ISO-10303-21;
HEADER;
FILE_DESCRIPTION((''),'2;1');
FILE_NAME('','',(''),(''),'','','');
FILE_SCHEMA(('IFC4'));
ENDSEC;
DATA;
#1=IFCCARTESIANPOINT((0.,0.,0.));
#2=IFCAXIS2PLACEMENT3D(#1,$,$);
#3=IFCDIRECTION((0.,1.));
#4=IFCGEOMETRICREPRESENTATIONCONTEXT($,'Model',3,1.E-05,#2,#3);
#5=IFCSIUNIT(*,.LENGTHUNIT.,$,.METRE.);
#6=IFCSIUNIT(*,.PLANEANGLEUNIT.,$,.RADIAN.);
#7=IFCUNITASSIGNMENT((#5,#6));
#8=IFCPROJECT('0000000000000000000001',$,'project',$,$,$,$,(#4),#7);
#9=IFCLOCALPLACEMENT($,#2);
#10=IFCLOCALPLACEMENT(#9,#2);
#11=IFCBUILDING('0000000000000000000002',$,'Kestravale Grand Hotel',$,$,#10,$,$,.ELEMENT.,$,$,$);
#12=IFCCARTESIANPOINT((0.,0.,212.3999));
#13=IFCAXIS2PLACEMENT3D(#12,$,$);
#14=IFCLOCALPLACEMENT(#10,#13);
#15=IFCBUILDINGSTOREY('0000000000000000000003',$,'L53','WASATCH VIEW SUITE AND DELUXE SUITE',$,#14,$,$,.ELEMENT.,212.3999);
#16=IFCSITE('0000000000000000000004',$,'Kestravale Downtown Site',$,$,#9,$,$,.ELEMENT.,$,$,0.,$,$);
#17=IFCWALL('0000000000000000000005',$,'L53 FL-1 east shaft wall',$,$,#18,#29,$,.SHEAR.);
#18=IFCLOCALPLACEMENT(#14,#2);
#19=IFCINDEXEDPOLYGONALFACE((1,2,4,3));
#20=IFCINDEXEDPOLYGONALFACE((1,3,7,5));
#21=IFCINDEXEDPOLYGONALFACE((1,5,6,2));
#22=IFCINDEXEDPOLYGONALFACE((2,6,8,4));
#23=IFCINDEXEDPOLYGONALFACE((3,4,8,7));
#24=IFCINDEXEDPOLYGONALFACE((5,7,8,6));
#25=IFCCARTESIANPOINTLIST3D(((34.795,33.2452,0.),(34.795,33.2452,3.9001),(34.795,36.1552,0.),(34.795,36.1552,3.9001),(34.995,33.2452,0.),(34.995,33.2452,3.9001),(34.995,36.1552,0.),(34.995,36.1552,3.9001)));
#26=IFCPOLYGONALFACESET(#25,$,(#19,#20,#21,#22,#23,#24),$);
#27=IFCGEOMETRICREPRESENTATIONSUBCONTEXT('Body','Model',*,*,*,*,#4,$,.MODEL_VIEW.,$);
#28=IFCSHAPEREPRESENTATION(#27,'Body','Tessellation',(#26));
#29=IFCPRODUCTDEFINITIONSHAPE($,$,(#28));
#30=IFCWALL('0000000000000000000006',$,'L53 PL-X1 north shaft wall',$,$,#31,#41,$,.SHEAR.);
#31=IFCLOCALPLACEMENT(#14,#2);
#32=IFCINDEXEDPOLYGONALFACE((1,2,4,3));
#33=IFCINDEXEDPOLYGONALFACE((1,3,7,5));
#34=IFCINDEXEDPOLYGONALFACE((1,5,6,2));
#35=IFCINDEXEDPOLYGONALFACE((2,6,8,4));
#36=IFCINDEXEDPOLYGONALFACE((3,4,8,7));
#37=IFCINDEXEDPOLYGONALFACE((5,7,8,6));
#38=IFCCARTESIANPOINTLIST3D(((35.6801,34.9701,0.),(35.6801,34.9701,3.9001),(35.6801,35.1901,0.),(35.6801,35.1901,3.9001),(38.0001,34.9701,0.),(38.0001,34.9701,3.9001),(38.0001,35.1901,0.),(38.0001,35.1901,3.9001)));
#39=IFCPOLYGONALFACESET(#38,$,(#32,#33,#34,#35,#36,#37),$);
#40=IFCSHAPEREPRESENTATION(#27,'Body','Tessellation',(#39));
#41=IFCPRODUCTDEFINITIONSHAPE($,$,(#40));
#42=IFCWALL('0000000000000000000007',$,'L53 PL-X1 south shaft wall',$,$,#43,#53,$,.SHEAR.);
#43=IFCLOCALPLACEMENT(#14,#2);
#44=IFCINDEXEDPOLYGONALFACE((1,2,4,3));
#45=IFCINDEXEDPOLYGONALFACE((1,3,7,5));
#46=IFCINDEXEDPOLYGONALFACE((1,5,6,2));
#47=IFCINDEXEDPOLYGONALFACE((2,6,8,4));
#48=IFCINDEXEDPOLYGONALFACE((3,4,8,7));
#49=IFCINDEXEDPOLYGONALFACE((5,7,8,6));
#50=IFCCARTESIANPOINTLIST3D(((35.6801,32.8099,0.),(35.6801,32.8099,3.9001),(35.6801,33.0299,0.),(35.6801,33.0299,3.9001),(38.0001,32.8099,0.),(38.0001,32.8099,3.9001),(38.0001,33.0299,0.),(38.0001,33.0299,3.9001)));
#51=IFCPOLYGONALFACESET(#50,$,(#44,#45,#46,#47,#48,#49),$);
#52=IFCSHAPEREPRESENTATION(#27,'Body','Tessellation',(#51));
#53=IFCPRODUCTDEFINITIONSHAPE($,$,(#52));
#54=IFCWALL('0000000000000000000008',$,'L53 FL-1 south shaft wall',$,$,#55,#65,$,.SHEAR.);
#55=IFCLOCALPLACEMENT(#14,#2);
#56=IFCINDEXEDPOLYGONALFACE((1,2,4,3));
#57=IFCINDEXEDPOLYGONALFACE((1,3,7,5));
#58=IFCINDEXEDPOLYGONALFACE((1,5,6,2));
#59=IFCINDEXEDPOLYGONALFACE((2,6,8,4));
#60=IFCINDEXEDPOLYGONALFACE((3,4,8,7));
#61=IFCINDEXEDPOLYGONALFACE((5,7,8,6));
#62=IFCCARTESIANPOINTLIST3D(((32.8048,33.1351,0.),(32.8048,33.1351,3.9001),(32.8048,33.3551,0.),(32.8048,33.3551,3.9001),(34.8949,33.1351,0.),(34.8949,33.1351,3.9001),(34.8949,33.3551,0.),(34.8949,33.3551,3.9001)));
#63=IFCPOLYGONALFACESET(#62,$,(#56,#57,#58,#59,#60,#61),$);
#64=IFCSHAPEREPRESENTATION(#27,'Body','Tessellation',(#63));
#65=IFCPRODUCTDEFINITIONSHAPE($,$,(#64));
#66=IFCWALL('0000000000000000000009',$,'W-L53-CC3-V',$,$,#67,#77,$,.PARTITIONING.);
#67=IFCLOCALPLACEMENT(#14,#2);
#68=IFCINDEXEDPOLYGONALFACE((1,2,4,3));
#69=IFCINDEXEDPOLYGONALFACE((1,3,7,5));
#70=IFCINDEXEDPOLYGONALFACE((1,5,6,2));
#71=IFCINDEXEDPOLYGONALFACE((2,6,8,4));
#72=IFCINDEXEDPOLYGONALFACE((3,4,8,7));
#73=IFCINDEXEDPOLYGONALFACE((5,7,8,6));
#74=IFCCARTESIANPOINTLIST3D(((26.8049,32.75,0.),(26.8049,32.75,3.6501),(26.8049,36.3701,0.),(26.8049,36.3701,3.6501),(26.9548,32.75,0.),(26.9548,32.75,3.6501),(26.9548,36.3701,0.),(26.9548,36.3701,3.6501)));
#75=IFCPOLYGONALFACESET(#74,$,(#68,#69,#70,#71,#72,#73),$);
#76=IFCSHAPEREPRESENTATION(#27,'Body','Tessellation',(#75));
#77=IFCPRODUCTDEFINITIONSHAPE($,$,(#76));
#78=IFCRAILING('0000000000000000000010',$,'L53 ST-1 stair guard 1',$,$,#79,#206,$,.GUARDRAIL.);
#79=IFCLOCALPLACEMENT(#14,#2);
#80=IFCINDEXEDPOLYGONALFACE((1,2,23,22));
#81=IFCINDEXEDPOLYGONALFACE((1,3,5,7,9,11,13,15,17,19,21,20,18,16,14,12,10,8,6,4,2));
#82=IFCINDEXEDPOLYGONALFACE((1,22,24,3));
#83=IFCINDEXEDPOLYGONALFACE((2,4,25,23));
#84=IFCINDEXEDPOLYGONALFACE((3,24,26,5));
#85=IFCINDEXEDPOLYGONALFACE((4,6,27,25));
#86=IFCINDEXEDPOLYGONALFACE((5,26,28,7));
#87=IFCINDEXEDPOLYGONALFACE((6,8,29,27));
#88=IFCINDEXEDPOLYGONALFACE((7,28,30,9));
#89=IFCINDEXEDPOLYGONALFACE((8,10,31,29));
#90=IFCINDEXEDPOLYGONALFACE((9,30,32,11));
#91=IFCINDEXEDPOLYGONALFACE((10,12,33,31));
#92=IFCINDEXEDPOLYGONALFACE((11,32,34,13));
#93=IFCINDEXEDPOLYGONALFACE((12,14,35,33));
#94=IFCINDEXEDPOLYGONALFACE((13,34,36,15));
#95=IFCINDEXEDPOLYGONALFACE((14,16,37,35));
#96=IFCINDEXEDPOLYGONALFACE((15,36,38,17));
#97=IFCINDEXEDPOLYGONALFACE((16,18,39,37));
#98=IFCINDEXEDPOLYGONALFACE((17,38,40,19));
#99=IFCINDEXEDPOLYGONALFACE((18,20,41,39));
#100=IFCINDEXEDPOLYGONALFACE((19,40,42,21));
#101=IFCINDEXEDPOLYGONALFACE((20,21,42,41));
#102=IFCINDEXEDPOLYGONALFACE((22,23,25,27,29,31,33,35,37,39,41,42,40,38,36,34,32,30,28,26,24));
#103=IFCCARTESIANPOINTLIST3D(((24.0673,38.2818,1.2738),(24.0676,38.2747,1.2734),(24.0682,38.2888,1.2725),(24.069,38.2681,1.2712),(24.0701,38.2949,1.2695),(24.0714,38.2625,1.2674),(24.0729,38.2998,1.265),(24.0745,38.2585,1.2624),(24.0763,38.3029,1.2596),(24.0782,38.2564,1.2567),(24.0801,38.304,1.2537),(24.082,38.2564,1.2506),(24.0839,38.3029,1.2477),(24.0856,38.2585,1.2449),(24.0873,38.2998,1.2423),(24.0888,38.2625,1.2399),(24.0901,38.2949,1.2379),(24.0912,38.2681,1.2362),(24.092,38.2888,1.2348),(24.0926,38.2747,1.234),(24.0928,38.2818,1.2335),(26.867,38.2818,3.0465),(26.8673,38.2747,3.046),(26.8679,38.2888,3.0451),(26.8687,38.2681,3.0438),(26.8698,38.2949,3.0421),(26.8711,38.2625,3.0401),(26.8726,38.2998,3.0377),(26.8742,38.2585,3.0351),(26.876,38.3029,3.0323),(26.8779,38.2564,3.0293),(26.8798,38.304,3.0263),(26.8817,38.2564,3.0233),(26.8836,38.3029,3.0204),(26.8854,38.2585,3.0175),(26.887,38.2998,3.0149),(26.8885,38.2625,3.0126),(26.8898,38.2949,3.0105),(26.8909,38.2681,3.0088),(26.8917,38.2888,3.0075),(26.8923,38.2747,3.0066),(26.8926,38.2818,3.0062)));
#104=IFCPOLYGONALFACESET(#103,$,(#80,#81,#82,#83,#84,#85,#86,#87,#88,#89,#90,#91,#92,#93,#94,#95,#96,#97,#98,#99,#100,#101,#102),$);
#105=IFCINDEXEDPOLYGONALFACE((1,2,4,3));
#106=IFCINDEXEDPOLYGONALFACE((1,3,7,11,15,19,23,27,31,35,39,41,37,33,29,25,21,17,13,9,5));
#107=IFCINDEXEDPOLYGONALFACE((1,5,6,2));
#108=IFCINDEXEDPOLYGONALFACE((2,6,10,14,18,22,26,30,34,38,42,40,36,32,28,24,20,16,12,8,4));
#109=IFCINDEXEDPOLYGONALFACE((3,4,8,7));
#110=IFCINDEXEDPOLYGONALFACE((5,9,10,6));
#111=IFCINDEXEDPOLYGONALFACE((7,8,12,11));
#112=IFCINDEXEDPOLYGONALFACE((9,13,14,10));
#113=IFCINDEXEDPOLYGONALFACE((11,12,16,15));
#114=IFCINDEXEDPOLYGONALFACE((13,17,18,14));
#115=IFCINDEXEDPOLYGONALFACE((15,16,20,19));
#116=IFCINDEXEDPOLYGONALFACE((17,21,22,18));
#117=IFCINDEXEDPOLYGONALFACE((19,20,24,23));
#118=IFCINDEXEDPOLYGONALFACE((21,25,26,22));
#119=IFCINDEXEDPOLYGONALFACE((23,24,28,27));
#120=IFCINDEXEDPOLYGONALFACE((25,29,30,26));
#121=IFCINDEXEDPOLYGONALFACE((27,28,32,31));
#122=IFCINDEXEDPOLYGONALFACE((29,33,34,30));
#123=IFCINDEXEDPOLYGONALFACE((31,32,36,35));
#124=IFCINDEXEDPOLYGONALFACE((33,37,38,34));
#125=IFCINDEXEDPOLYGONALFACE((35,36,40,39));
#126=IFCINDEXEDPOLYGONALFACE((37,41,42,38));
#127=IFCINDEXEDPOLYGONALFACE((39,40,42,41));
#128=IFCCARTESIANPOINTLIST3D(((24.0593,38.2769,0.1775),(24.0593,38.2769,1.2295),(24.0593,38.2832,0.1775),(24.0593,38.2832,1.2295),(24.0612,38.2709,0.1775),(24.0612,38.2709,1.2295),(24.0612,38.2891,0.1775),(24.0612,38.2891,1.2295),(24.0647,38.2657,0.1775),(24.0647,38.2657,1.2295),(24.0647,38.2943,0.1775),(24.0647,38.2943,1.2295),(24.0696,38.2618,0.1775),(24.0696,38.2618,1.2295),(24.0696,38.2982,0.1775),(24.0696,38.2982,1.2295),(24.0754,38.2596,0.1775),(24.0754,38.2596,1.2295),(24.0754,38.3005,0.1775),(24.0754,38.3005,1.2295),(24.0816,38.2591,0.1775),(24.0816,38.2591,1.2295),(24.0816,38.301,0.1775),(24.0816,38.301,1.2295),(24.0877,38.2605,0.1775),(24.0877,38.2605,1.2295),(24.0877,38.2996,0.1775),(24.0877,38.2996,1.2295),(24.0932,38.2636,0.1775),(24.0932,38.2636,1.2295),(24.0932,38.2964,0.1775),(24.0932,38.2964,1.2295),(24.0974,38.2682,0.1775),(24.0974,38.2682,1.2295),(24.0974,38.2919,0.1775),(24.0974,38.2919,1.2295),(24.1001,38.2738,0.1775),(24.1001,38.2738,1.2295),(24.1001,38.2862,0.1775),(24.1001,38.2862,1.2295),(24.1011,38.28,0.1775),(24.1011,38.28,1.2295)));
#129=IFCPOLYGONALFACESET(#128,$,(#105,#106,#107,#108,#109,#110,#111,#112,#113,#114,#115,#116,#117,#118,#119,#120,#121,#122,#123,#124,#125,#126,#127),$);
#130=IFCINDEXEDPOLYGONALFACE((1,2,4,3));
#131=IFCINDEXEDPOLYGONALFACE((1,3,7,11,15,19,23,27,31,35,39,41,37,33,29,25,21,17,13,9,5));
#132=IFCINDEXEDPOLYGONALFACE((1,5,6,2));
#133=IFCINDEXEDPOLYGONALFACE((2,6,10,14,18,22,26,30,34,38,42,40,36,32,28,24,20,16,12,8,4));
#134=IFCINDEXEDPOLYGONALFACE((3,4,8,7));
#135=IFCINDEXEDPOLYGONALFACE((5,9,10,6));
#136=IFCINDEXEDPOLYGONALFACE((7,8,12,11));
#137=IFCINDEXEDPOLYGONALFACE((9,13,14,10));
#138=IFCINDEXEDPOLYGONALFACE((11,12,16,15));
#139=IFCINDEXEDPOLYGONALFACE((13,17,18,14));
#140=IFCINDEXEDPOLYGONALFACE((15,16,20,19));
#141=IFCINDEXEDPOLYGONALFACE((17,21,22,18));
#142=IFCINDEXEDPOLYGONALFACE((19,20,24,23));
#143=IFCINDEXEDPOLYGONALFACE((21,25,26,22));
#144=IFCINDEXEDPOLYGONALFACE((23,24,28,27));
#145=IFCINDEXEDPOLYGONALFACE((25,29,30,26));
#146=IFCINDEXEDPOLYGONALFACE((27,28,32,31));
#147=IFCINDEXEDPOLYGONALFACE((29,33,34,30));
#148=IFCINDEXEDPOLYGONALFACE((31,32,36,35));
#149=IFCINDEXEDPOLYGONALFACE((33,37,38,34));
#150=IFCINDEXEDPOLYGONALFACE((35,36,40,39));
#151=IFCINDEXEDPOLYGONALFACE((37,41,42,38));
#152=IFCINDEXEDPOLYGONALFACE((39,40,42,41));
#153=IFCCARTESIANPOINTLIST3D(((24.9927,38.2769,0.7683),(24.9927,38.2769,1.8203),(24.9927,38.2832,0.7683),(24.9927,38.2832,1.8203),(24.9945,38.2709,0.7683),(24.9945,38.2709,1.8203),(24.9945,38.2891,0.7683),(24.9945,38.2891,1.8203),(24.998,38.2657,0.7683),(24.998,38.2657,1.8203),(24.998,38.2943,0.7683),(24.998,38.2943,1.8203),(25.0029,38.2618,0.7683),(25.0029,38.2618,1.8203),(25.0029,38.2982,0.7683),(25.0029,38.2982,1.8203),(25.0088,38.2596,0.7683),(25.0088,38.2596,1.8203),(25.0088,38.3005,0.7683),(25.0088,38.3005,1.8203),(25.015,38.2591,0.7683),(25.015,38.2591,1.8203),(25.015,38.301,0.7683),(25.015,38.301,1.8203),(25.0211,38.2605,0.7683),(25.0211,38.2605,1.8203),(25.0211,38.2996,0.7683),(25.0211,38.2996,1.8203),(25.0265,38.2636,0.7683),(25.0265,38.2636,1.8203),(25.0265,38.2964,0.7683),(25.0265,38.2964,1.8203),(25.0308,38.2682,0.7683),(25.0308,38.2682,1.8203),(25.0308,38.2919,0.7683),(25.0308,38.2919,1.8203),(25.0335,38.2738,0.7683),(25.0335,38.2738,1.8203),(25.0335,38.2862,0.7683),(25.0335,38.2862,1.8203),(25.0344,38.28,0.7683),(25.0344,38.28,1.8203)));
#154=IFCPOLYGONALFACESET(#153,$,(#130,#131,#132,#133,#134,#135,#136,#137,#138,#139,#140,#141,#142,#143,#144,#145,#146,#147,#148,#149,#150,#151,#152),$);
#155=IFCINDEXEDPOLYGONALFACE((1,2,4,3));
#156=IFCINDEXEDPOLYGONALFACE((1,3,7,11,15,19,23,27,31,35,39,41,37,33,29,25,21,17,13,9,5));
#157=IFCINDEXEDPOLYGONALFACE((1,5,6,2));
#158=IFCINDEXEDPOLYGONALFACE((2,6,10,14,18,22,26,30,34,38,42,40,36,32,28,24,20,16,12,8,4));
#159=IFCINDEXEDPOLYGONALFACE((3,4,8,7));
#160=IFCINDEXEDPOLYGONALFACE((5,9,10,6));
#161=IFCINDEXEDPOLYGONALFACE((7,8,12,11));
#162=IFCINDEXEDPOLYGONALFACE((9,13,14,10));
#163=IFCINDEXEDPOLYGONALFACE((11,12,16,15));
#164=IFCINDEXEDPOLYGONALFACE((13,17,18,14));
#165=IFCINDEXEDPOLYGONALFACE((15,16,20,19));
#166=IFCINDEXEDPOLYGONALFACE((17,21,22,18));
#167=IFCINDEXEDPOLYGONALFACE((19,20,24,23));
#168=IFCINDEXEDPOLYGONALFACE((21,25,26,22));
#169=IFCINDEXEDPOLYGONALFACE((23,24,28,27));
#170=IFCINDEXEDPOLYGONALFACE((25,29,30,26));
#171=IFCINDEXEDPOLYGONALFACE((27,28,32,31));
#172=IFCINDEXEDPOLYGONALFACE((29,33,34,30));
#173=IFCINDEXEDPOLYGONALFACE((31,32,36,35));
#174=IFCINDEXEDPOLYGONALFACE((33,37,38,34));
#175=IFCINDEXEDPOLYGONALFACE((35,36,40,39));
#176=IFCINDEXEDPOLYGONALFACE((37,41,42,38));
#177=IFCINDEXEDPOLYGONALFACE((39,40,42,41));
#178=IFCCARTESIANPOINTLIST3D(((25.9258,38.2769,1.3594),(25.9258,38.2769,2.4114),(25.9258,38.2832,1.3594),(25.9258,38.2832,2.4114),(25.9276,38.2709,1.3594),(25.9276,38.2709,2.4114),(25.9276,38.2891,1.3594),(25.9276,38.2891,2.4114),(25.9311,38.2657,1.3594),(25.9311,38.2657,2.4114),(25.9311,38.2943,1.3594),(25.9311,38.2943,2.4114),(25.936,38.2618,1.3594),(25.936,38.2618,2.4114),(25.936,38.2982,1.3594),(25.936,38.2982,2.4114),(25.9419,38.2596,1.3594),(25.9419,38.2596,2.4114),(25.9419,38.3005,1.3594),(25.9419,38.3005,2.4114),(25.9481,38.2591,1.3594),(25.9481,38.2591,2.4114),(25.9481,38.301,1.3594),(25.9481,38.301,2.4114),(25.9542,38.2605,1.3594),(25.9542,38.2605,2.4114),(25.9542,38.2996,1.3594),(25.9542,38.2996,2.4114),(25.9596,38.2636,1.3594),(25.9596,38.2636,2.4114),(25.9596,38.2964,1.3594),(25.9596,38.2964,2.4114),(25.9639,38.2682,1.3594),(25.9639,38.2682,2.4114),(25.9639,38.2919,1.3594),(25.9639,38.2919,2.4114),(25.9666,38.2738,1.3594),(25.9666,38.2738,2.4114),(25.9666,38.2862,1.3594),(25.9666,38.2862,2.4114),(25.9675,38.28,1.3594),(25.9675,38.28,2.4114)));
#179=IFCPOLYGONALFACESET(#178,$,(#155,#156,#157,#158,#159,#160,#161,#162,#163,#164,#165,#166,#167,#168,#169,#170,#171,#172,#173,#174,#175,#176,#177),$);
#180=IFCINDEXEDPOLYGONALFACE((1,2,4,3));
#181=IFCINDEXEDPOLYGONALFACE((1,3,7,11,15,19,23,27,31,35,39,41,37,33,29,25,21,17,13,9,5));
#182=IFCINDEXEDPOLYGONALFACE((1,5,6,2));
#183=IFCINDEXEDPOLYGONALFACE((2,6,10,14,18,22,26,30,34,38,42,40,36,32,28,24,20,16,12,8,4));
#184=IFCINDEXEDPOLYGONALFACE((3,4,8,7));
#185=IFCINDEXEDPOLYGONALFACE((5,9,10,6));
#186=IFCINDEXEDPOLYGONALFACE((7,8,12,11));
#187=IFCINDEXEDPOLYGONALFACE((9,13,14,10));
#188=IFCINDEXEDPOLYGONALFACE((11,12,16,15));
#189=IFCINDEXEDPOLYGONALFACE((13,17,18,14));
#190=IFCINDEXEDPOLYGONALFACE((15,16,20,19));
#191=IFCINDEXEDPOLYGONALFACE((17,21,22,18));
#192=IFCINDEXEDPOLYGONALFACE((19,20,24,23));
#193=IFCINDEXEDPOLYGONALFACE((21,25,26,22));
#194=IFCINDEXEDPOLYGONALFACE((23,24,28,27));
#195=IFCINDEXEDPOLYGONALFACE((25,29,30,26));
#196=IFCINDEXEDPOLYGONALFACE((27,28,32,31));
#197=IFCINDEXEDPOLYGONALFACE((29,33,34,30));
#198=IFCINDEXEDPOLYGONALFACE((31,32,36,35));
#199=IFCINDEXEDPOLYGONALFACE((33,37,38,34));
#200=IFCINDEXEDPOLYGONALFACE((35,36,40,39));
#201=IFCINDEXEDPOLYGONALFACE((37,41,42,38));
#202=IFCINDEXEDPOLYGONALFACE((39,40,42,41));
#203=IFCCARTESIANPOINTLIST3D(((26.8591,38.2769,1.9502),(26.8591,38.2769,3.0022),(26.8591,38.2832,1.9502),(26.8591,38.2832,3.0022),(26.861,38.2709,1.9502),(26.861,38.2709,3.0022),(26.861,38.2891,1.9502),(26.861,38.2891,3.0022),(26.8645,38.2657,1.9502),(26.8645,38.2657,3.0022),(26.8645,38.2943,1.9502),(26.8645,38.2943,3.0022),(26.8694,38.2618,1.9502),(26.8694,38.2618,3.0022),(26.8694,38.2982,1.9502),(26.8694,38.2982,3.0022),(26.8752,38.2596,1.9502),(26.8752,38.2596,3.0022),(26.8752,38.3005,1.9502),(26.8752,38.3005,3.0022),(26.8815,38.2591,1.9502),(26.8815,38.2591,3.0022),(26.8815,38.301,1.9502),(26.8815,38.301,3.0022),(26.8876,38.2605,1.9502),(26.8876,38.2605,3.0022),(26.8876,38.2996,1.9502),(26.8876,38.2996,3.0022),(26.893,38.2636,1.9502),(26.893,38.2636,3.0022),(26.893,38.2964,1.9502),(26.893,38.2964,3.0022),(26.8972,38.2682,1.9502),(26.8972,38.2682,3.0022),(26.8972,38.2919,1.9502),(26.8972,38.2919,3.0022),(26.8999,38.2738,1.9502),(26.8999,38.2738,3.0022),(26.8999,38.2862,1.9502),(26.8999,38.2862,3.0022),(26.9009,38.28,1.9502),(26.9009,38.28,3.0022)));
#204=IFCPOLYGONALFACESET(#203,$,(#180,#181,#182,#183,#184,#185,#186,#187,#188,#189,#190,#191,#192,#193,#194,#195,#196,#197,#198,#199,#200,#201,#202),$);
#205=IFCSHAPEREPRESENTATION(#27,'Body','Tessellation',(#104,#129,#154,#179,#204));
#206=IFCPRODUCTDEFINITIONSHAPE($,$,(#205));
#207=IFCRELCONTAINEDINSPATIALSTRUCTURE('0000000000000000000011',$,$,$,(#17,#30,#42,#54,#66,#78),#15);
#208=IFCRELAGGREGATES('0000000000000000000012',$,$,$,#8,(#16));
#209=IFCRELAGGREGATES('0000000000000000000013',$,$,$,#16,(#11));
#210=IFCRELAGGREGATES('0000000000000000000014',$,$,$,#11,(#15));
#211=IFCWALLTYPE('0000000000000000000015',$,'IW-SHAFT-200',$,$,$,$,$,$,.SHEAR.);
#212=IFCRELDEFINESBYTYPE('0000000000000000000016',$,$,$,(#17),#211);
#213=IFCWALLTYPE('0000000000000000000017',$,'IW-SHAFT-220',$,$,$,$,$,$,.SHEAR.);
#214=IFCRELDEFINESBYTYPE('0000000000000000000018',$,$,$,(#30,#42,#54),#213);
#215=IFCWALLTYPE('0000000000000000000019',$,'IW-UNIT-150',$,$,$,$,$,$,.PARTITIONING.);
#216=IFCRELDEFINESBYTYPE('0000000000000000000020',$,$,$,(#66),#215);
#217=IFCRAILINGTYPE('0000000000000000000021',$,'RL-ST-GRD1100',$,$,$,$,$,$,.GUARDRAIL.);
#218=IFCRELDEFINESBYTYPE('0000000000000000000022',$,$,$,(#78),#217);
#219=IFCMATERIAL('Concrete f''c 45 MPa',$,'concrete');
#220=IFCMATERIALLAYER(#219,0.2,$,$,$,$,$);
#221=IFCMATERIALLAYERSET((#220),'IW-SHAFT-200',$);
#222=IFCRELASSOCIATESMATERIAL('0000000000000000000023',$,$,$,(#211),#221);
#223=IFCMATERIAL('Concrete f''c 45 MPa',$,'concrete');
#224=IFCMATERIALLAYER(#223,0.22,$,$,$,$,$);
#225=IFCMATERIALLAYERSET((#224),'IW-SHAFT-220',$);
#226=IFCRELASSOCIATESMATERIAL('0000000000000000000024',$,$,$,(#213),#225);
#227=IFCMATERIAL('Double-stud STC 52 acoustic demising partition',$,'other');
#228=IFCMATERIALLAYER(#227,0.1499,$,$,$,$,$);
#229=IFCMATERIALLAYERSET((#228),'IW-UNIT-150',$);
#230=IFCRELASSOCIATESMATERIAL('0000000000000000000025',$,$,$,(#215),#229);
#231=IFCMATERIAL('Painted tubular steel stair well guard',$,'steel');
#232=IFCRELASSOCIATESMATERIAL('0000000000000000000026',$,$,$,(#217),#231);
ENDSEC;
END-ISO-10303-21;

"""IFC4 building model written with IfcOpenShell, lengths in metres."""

from ifc_helpers import new_model, si_unit, direction, frame, frame_2d, origin, origin_2d, place, context, subcontext, project, spatial, rectangle, circle, extrude, material, layer, layer_set, type_object, element, save


model = new_model("IFC4")

# Units and contexts
model_context = context("Model", 3, precision=1e-05, world=origin(), true_north=direction((0.0, 1.0)))
body_context = subcontext(model_context, "Body", "Model", "MODEL_VIEW")
ifc_project = project(units=[si_unit("LENGTHUNIT", "METRE"), si_unit("PLANEANGLEUNIT", "RADIAN")], contexts=[model_context])

# Site, building, storey
site_placement = place(None, origin())
site = spatial("IfcSite", under=ifc_project, at=site_placement, Name="Kestravale Downtown Site", CompositionType="ELEMENT", RefElevation=0.0)
building_placement = place(site_placement, origin())
building = spatial("IfcBuilding", under=site, at=building_placement, Name="Kestravale Grand Hotel", CompositionType="ELEMENT")
storey_placement = place(building_placement, frame((0.0, 0.0, 212.3999)))
storey = spatial("IfcBuildingStorey", under=building, at=storey_placement, Name="L53", Description="WASATCH VIEW SUITE AND DELUXE SUITE", CompositionType="ELEMENT", Elevation=212.3999)

# Walls
ifc_material_1 = material(Name="Concrete f'c 45 MPa", Category="concrete")
ifc_layer_1 = layer(ifc_material_1, 0.2)
ifc_layer_set_1 = layer_set([ifc_layer_1], Name="IW-SHAFT-200")
wall_type_1 = type_object("IfcWallType", Name="IW-SHAFT-200", PredefinedType="SHEAR", material=ifc_layer_set_1)
for number, where, z_axis, x_axis, name in (
    (1, (34.895, 33.2451, 0.0), (0.0, 0.0, 1.0), (0.0, 1.0, 0.0), "L53 FL-1 east shaft wall"),
):
    element("IfcWall", number, at=place(storey_placement, frame(where, z_axis=z_axis, x_axis=x_axis)), inside=storey, type_object=wall_type_1, Name=name, PredefinedType="SHEAR", context=body_context, shape_type="SweptSolid", body=[
        extrude(rectangle(XDim=2.9099, YDim=0.2, at=frame_2d((1.4551, 0.0))), origin(), (0.0, 0.0, 1.0), 3.9001),
    ])
ifc_material_2 = material(Name="Concrete f'c 45 MPa", Category="concrete")
ifc_layer_2 = layer(ifc_material_2, 0.22)
ifc_layer_set_2 = layer_set([ifc_layer_2], Name="IW-SHAFT-220")
wall_type_2 = type_object("IfcWallType", Name="IW-SHAFT-220", PredefinedType="SHEAR", material=ifc_layer_set_2)
for number, where, z_axis, x_axis, name in (
    (2, (35.6799, 35.0801, 0.0), (0.0, 0.0, 1.0), (1.0, 0.0, 0.0), "L53 PL-X1 north shaft wall"),
    (3, (35.6799, 32.9199, 0.0), (0.0, 0.0, 1.0), (1.0, 0.0, 0.0), "L53 PL-X1 south shaft wall"),
):
    element("IfcWall", number, at=place(storey_placement, frame(where, z_axis=z_axis, x_axis=x_axis)), inside=storey, type_object=wall_type_2, Name=name, PredefinedType="SHEAR", context=body_context, shape_type="SweptSolid", body=[
        extrude(rectangle(XDim=2.3201, YDim=0.22, at=frame_2d((1.1602, 0.0))), origin(), (0.0, 0.0, 1.0), 3.9001),
    ])

# Walls
wall_1_placement = place(storey_placement, frame((32.8049, 33.2451, 0.0), z_axis=(0.0, 0.0, 1.0), x_axis=(1.0, 0.0, 0.0)))
element("IfcWall", 4, at=wall_1_placement, inside=storey, type_object=wall_type_2, Name="L53 FL-1 south shaft wall", PredefinedType="SHEAR", context=body_context, shape_type="SweptSolid", body=[
    extrude(rectangle(XDim=2.0901, YDim=0.22, at=frame_2d((1.0449, 0.0))), origin(), (0.0, 0.0, 1.0), 3.9001),
])
ifc_material_3 = material(Name="Double-stud STC 52 acoustic demising partition", Category="other")
ifc_layer_3 = layer(ifc_material_3, 0.1499)
ifc_layer_set_3 = layer_set([ifc_layer_3], Name="IW-UNIT-150")
wall_type_3 = type_object("IfcWallType", Name="IW-UNIT-150", PredefinedType="PARTITIONING", material=ifc_layer_set_3)
wall_2_placement = place(storey_placement, frame((26.8799, 32.75, 0.0), z_axis=(0.0, 0.0, 1.0), x_axis=(0.0, 1.0, 0.0)))
element("IfcWall", 5, at=wall_2_placement, inside=storey, type_object=wall_type_3, Name="W-L53-CC3-V", PredefinedType="PARTITIONING", context=body_context, shape_type="SweptSolid", body=[
    extrude(rectangle(XDim=3.6201, YDim=0.1499, at=frame_2d((1.8101, 0.0))), origin(), (0.0, 0.0, 1.0), 3.6501),
])

# Railing
ifc_material_4 = material(Name="Painted tubular steel stair well guard", Category="steel")
railing_type = type_object("IfcRailingType", Name="RL-ST-GRD1100", PredefinedType="GUARDRAIL", material=ifc_material_4)
railing_placement = place(storey_placement, frame((24.0801, 38.28, 0.1775)))
element("IfcRailing", 6, at=railing_placement, inside=storey, type_object=railing_type, Name="L53 ST-1 stair guard 1", PredefinedType="GUARDRAIL", context=body_context, shape_type="SweptSolid", body=[
    extrude(circle(Radius=0.0239, at=origin_2d()), frame((0.0, 0.0, 1.0762), z_axis=(0.844888, 0.0, 0.534943), x_axis=(0.0, 1.0, 0.0)), (0.0, 0.0, 1.0), 3.3137),
    extrude(circle(Radius=0.021, at=origin_2d()), origin(), (0.0, 0.0, 1.0), 1.052),
    extrude(circle(Radius=0.021, at=origin_2d()), frame((0.9333, 0.0, 0.5908)), (0.0, 0.0, 1.0), 1.052),
    extrude(circle(Radius=0.021, at=origin_2d()), frame((1.8665, 0.0, 1.1819)), (0.0, 0.0, 1.0), 1.052),
    extrude(circle(Radius=0.021, at=origin_2d()), frame((2.7998, 0.0, 1.7727)), (0.0, 0.0, 1.0), 1.052),
])

save(model, "model.ifc")
